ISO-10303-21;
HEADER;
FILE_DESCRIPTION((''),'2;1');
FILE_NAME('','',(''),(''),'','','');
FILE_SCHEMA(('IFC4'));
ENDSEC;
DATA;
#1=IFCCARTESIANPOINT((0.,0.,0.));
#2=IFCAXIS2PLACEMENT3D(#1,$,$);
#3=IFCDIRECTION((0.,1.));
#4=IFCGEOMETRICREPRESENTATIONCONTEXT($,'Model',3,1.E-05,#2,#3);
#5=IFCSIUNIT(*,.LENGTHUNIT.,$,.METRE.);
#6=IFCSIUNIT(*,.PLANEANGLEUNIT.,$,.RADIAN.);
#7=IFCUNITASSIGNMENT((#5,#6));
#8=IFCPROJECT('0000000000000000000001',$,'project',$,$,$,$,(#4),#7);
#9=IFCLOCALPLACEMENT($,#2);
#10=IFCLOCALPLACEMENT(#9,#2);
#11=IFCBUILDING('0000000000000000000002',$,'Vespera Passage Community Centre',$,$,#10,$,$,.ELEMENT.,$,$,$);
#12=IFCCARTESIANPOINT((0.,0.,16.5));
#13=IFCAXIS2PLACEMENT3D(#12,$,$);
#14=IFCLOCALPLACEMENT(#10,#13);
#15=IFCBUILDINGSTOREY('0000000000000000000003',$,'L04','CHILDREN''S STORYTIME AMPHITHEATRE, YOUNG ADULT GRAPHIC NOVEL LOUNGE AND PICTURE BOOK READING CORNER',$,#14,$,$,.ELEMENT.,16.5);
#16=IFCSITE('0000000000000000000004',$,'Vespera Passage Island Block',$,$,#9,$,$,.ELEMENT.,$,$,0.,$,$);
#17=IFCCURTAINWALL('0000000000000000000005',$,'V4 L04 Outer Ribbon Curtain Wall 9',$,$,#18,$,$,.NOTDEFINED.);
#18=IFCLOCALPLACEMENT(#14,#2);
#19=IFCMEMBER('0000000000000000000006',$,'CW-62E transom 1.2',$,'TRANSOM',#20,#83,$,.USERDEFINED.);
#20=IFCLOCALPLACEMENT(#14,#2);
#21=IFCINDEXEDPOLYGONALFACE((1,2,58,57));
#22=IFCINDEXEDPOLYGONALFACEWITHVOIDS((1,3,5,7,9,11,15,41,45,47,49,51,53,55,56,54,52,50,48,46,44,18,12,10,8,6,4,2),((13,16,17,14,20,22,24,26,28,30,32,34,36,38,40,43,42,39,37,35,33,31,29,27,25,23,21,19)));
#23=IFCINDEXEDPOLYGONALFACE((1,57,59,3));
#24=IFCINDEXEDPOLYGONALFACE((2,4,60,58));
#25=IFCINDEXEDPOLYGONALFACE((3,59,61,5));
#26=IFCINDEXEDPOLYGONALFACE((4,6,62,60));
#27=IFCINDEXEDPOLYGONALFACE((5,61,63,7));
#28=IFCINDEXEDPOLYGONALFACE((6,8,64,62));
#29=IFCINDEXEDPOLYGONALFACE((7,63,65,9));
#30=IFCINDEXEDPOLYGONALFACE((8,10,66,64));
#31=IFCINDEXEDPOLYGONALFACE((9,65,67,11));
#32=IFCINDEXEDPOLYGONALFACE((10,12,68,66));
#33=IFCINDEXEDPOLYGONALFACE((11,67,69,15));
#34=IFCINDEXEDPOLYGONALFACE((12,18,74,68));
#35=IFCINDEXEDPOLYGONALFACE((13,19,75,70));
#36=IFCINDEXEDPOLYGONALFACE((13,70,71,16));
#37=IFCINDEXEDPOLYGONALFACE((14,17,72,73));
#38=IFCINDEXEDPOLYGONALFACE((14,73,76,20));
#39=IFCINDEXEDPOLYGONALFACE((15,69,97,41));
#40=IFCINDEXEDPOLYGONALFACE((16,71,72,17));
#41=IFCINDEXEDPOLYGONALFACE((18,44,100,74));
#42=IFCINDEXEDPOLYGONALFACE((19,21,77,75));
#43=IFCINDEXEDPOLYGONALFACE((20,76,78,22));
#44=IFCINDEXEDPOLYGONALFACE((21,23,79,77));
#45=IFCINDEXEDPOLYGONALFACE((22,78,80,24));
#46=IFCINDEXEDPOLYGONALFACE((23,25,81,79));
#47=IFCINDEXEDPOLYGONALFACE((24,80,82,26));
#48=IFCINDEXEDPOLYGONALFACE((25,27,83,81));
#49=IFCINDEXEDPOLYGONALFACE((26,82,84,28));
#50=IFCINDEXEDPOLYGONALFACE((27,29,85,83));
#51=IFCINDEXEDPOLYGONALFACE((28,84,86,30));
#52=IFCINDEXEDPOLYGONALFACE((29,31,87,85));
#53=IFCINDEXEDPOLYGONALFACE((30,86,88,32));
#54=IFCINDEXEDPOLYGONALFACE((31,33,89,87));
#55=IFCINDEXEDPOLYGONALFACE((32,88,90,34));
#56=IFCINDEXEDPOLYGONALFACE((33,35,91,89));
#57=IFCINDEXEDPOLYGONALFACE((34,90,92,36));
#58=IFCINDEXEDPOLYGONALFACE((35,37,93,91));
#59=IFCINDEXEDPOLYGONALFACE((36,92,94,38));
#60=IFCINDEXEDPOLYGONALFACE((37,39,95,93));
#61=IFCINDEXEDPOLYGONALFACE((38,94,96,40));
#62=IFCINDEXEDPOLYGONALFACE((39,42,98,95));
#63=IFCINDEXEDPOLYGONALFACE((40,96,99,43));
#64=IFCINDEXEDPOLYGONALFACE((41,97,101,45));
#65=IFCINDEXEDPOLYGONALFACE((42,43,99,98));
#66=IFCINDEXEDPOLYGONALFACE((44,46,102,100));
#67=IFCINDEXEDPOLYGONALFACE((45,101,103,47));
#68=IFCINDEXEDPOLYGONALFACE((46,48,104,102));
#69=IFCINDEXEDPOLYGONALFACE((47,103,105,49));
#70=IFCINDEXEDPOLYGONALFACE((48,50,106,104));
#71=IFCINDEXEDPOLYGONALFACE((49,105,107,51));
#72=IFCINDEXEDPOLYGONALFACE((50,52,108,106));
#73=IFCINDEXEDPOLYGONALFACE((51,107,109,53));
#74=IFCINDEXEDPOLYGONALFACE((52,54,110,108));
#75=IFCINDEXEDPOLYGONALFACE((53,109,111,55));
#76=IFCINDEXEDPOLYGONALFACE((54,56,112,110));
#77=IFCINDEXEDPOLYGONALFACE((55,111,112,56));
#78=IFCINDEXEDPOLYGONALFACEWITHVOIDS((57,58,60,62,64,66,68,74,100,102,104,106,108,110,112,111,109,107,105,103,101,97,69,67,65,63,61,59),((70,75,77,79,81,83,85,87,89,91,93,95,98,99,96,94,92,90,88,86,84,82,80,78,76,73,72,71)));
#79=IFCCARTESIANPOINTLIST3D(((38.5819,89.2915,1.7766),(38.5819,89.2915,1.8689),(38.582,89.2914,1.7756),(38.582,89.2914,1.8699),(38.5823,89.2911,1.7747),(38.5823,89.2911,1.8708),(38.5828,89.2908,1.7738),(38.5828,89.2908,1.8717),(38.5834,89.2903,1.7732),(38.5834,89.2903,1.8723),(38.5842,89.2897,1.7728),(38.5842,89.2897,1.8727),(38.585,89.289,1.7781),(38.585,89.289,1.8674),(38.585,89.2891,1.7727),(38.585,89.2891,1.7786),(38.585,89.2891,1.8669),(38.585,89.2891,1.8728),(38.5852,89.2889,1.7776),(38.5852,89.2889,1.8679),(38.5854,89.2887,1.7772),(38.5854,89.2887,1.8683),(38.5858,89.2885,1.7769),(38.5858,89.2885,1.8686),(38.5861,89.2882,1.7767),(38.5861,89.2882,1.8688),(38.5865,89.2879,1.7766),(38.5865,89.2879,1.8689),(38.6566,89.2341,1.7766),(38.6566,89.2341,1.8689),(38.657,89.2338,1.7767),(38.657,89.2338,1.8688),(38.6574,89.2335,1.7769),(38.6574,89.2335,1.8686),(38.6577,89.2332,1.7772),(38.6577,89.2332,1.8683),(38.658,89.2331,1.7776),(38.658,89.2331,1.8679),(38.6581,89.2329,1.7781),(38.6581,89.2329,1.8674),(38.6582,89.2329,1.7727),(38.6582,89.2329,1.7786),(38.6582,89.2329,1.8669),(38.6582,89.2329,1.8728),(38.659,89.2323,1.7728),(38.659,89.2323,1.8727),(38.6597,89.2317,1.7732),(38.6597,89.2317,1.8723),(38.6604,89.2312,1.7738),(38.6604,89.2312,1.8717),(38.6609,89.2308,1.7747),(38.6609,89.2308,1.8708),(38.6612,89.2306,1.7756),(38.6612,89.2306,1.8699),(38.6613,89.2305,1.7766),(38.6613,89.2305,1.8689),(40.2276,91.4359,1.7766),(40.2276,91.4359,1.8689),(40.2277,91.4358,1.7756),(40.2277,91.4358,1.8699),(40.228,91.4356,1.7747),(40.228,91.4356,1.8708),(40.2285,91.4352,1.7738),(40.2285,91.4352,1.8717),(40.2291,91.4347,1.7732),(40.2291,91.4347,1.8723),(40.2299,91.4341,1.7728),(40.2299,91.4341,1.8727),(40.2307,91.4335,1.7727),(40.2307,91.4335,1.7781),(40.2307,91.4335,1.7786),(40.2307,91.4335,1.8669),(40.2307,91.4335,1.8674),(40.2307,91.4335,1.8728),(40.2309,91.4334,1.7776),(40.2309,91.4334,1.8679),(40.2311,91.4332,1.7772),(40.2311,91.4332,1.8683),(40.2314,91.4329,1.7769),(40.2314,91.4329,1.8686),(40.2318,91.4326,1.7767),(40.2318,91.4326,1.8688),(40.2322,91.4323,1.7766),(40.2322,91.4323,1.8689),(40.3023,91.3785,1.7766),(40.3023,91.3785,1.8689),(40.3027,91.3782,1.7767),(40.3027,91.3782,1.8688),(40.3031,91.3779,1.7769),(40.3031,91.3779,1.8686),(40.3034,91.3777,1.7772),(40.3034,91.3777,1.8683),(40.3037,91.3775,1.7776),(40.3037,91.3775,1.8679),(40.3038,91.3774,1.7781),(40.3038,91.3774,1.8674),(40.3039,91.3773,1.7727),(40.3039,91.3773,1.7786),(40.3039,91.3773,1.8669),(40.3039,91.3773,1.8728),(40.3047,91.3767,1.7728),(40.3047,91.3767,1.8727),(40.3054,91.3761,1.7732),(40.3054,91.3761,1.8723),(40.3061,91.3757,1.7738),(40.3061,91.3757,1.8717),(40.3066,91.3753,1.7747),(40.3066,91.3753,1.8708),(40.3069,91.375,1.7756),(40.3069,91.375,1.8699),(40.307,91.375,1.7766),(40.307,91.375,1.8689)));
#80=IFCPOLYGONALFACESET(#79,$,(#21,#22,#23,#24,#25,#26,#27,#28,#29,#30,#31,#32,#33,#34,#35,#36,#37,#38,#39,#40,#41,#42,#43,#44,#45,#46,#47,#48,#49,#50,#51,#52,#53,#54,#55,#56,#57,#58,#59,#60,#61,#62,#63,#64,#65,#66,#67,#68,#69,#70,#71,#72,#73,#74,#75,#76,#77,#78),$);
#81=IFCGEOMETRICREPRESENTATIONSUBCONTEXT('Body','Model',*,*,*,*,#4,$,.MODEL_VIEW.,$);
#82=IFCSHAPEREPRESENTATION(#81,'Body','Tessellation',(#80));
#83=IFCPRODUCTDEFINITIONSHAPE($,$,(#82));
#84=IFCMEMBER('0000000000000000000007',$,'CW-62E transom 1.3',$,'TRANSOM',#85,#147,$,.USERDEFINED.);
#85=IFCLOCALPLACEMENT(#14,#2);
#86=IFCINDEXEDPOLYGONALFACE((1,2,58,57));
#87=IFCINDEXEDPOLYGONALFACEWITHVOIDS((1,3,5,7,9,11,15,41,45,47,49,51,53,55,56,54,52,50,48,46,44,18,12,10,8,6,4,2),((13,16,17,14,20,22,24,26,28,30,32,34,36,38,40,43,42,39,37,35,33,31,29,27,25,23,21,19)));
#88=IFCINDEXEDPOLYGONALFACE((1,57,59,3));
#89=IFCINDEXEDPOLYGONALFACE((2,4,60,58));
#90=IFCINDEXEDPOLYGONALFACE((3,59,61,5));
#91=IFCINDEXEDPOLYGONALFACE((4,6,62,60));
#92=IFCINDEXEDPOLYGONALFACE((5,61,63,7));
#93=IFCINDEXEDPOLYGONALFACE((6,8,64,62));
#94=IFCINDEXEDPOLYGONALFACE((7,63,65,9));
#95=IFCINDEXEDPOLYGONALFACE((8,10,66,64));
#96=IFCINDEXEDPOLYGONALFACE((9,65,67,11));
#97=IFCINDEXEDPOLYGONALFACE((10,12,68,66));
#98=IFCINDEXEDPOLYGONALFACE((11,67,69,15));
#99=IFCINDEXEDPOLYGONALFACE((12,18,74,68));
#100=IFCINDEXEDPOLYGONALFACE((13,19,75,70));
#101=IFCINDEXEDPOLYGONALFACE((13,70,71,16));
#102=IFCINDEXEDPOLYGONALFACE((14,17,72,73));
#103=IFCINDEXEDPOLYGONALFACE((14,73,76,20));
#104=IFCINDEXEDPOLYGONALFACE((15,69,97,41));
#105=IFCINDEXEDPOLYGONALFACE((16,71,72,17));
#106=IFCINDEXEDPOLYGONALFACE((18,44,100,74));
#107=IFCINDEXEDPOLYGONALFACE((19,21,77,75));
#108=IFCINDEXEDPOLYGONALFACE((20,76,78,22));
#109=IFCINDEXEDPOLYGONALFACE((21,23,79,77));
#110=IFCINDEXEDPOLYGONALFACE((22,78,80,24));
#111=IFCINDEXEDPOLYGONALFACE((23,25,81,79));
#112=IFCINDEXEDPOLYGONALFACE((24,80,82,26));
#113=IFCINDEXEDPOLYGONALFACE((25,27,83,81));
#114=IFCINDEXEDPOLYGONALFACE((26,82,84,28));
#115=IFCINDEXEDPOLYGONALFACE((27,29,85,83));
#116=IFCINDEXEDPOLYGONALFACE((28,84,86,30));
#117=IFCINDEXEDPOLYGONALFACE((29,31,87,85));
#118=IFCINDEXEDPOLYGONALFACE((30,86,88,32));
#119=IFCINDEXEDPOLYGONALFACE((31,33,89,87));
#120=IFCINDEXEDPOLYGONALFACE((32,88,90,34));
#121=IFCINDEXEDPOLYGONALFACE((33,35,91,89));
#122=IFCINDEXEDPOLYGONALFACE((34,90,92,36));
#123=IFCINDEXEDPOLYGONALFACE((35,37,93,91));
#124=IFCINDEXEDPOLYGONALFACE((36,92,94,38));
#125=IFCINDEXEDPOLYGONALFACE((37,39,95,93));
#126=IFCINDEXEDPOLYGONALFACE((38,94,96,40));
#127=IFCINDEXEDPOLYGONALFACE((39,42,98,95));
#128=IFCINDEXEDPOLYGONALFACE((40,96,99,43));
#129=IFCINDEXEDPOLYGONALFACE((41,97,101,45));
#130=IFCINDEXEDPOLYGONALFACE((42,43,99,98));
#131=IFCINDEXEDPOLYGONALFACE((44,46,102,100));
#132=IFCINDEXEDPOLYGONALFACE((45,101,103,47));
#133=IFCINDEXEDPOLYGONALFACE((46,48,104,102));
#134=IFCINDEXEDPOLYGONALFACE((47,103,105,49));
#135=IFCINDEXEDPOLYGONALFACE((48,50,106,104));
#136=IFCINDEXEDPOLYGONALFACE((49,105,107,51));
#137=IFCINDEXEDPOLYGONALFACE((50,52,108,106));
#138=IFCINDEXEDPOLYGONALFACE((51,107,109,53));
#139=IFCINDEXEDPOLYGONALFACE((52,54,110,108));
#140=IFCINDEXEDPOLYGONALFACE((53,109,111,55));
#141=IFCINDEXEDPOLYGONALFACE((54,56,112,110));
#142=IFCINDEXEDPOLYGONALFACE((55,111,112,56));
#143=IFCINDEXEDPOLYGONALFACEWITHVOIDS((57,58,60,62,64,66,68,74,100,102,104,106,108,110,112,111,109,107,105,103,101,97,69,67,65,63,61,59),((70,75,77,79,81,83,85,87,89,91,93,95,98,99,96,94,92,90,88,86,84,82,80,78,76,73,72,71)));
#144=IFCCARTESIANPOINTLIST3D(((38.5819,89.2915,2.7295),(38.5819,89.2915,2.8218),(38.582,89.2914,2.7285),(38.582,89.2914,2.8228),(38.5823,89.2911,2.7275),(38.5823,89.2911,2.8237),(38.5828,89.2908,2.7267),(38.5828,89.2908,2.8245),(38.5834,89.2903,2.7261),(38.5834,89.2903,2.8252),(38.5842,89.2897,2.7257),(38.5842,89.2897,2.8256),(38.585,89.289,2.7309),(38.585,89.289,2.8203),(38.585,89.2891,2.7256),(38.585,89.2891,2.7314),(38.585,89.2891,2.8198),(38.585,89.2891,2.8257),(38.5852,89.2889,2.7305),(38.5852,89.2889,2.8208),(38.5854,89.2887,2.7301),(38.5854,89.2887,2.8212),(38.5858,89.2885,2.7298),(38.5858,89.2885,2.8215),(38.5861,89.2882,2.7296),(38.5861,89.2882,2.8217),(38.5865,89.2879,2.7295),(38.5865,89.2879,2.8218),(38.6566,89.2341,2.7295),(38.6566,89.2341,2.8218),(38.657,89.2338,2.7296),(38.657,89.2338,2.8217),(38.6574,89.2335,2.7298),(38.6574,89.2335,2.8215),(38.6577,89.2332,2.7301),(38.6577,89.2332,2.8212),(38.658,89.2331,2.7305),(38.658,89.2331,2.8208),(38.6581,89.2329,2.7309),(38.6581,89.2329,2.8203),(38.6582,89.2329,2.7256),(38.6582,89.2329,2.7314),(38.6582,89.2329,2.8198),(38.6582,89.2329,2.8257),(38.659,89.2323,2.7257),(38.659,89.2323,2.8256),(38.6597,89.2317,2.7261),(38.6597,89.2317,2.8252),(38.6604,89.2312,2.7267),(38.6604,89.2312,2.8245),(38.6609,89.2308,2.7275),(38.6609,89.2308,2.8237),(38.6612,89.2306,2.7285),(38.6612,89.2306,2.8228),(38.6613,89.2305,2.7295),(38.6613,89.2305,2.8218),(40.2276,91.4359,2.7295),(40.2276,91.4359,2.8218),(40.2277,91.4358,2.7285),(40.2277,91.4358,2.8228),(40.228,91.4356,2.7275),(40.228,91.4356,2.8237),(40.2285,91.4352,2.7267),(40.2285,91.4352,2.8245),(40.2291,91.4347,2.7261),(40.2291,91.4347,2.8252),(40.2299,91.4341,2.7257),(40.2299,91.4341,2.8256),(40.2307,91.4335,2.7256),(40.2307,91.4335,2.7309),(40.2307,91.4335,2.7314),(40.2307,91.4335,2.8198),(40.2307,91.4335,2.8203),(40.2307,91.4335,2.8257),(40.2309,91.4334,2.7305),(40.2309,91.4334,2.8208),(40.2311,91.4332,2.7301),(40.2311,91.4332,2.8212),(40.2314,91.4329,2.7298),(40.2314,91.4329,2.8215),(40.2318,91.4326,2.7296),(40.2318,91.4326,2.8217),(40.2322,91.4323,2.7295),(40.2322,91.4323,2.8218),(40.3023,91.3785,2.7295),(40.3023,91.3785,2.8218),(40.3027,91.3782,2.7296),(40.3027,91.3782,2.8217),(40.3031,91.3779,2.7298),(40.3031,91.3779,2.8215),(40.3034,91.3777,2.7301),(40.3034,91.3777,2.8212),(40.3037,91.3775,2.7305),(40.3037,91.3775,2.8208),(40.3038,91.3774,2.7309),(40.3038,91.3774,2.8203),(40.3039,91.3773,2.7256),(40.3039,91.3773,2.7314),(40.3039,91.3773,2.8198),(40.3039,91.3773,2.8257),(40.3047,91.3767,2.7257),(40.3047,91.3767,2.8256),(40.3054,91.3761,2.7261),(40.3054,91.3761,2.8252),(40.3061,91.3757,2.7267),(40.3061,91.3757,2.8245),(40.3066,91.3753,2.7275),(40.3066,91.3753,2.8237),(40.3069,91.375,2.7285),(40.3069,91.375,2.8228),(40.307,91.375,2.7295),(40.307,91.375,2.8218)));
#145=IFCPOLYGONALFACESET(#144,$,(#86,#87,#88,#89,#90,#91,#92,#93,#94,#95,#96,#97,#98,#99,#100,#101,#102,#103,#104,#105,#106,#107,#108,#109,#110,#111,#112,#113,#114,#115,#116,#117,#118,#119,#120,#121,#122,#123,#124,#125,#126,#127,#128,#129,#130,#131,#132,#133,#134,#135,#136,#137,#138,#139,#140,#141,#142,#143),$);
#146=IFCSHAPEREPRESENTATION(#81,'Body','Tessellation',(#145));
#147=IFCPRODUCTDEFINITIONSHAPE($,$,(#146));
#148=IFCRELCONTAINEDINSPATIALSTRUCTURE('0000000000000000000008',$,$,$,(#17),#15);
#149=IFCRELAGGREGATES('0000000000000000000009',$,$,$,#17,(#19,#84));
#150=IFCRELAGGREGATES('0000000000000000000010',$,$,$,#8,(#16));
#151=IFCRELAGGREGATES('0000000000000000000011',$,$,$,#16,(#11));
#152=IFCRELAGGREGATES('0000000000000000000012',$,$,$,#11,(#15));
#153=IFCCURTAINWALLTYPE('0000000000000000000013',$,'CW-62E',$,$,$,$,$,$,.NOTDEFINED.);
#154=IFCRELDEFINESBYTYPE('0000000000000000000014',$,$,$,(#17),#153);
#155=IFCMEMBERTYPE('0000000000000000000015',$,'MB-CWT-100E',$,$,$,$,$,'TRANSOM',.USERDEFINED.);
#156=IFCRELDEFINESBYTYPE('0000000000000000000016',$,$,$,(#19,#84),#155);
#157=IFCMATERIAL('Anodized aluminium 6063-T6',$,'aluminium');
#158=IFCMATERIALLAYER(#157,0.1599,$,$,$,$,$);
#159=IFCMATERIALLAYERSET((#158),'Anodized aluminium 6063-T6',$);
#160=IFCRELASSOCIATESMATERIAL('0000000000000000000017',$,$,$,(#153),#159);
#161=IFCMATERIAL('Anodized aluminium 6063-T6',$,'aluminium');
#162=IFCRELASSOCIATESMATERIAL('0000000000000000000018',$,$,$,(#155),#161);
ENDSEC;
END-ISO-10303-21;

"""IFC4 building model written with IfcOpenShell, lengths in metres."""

from ifc_helpers import new_model, si_unit, direction, frame, origin, origin_2d, place, context, subcontext, project, spatial, hollow_rectangle, extrude, material, layer, layer_set, material_profile, profile_set, type_object, element, aggregate, save


model = new_model("IFC4")

# Units and contexts
model_context = context("Model", 3, precision=1e-05, world=origin(), true_north=direction((0.0, 1.0)))
body_context = subcontext(model_context, "Body", "Model", "MODEL_VIEW")
ifc_project = project(units=[si_unit("LENGTHUNIT", "METRE"), si_unit("PLANEANGLEUNIT", "RADIAN")], contexts=[model_context])

# Site, building, storey
site_placement = place(None, origin())
site = spatial("IfcSite", under=ifc_project, at=site_placement, Name="Vespera Passage Island Block", CompositionType="ELEMENT", RefElevation=0.0)
building_placement = place(site_placement, origin())
building = spatial("IfcBuilding", under=site, at=building_placement, Name="Vespera Passage Community Centre", CompositionType="ELEMENT")
storey_placement = place(building_placement, frame((0.0, 0.0, 16.5)))
storey = spatial("IfcBuildingStorey", under=building, at=storey_placement, Name="L04", Description="CHILDREN'S STORYTIME AMPHITHEATRE, YOUNG ADULT GRAPHIC NOVEL LOUNGE AND PICTURE BOOK READING CORNER", CompositionType="ELEMENT", Elevation=16.5)

# Curtain wall, members
ifc_material_1 = material(Name="Anodized aluminium 6063-T6", Category="aluminium")
ifc_layer_1 = layer(ifc_material_1, 0.1599)
ifc_layer_set_1 = layer_set([ifc_layer_1], Name="Anodized aluminium 6063-T6")
curtain_wall_type = type_object("IfcCurtainWallType", Name="CW-62E", PredefinedType="NOTDEFINED", material=ifc_layer_set_1)
curtain_wall_placement = place(storey_placement, origin())
curtain_wall = element("IfcCurtainWall", 1, at=curtain_wall_placement, inside=storey, type_object=curtain_wall_type, Name="V4 L04 Outer Ribbon Curtain Wall 9", PredefinedType="NOTDEFINED")
ifc_material_2 = material(Name="Anodized aluminium 6063-T6", Category="aluminium")
ifc_material_profile_1 = material_profile(ifc_material_2, hollow_rectangle(XDim=0.1001, YDim=0.1001, WallThickness=0.0039, InnerFilletRadius=0.002, OuterFilletRadius=0.0039, at=origin_2d()), Name="ALU100X100X4")
ifc_profile_set_1 = profile_set([ifc_material_profile_1], Name="Anodized aluminium 6063-T6")
member_type_1 = type_object("IfcMemberType", Name="MB-CWT-100E", ElementType="TRANSOM", PredefinedType="USERDEFINED", material=ifc_profile_set_1)
member_1_placement = place(storey_placement, frame((38.6216, 89.261, 1.8228), z_axis=(0.608807, 0.793318, 0.0), x_axis=(-0.793318, 0.608807, 0.0)))
member_1 = element("IfcMember", 2, at=member_1_placement, type_object=member_type_1, Name="CW-62E transom 1.2", ObjectType="TRANSOM", PredefinedType="USERDEFINED", context=body_context, shape_type="SweptSolid", body=[
    extrude(hollow_rectangle(XDim=0.1001, YDim=0.1001, WallThickness=0.0039, InnerFilletRadius=0.002, OuterFilletRadius=0.0039, at=origin_2d()), origin(), (0.0, 0.0, 1.0), 2.7031),
])
member_2_placement = place(storey_placement, frame((38.6216, 89.261, 2.7756), z_axis=(0.608807, 0.793318, 0.0), x_axis=(-0.793318, 0.608807, 0.0)))
member_2 = element("IfcMember", 3, at=member_2_placement, type_object=member_type_1, Name="CW-62E transom 1.3", ObjectType="TRANSOM", PredefinedType="USERDEFINED", context=body_context, shape_type="SweptSolid", body=[
    extrude(hollow_rectangle(XDim=0.1001, YDim=0.1001, WallThickness=0.0039, InnerFilletRadius=0.002, OuterFilletRadius=0.0039, at=origin_2d()), origin(), (0.0, 0.0, 1.0), 2.7031),
])
aggregate(curtain_wall, [member_1, member_2])

save(model, "model.ifc")
